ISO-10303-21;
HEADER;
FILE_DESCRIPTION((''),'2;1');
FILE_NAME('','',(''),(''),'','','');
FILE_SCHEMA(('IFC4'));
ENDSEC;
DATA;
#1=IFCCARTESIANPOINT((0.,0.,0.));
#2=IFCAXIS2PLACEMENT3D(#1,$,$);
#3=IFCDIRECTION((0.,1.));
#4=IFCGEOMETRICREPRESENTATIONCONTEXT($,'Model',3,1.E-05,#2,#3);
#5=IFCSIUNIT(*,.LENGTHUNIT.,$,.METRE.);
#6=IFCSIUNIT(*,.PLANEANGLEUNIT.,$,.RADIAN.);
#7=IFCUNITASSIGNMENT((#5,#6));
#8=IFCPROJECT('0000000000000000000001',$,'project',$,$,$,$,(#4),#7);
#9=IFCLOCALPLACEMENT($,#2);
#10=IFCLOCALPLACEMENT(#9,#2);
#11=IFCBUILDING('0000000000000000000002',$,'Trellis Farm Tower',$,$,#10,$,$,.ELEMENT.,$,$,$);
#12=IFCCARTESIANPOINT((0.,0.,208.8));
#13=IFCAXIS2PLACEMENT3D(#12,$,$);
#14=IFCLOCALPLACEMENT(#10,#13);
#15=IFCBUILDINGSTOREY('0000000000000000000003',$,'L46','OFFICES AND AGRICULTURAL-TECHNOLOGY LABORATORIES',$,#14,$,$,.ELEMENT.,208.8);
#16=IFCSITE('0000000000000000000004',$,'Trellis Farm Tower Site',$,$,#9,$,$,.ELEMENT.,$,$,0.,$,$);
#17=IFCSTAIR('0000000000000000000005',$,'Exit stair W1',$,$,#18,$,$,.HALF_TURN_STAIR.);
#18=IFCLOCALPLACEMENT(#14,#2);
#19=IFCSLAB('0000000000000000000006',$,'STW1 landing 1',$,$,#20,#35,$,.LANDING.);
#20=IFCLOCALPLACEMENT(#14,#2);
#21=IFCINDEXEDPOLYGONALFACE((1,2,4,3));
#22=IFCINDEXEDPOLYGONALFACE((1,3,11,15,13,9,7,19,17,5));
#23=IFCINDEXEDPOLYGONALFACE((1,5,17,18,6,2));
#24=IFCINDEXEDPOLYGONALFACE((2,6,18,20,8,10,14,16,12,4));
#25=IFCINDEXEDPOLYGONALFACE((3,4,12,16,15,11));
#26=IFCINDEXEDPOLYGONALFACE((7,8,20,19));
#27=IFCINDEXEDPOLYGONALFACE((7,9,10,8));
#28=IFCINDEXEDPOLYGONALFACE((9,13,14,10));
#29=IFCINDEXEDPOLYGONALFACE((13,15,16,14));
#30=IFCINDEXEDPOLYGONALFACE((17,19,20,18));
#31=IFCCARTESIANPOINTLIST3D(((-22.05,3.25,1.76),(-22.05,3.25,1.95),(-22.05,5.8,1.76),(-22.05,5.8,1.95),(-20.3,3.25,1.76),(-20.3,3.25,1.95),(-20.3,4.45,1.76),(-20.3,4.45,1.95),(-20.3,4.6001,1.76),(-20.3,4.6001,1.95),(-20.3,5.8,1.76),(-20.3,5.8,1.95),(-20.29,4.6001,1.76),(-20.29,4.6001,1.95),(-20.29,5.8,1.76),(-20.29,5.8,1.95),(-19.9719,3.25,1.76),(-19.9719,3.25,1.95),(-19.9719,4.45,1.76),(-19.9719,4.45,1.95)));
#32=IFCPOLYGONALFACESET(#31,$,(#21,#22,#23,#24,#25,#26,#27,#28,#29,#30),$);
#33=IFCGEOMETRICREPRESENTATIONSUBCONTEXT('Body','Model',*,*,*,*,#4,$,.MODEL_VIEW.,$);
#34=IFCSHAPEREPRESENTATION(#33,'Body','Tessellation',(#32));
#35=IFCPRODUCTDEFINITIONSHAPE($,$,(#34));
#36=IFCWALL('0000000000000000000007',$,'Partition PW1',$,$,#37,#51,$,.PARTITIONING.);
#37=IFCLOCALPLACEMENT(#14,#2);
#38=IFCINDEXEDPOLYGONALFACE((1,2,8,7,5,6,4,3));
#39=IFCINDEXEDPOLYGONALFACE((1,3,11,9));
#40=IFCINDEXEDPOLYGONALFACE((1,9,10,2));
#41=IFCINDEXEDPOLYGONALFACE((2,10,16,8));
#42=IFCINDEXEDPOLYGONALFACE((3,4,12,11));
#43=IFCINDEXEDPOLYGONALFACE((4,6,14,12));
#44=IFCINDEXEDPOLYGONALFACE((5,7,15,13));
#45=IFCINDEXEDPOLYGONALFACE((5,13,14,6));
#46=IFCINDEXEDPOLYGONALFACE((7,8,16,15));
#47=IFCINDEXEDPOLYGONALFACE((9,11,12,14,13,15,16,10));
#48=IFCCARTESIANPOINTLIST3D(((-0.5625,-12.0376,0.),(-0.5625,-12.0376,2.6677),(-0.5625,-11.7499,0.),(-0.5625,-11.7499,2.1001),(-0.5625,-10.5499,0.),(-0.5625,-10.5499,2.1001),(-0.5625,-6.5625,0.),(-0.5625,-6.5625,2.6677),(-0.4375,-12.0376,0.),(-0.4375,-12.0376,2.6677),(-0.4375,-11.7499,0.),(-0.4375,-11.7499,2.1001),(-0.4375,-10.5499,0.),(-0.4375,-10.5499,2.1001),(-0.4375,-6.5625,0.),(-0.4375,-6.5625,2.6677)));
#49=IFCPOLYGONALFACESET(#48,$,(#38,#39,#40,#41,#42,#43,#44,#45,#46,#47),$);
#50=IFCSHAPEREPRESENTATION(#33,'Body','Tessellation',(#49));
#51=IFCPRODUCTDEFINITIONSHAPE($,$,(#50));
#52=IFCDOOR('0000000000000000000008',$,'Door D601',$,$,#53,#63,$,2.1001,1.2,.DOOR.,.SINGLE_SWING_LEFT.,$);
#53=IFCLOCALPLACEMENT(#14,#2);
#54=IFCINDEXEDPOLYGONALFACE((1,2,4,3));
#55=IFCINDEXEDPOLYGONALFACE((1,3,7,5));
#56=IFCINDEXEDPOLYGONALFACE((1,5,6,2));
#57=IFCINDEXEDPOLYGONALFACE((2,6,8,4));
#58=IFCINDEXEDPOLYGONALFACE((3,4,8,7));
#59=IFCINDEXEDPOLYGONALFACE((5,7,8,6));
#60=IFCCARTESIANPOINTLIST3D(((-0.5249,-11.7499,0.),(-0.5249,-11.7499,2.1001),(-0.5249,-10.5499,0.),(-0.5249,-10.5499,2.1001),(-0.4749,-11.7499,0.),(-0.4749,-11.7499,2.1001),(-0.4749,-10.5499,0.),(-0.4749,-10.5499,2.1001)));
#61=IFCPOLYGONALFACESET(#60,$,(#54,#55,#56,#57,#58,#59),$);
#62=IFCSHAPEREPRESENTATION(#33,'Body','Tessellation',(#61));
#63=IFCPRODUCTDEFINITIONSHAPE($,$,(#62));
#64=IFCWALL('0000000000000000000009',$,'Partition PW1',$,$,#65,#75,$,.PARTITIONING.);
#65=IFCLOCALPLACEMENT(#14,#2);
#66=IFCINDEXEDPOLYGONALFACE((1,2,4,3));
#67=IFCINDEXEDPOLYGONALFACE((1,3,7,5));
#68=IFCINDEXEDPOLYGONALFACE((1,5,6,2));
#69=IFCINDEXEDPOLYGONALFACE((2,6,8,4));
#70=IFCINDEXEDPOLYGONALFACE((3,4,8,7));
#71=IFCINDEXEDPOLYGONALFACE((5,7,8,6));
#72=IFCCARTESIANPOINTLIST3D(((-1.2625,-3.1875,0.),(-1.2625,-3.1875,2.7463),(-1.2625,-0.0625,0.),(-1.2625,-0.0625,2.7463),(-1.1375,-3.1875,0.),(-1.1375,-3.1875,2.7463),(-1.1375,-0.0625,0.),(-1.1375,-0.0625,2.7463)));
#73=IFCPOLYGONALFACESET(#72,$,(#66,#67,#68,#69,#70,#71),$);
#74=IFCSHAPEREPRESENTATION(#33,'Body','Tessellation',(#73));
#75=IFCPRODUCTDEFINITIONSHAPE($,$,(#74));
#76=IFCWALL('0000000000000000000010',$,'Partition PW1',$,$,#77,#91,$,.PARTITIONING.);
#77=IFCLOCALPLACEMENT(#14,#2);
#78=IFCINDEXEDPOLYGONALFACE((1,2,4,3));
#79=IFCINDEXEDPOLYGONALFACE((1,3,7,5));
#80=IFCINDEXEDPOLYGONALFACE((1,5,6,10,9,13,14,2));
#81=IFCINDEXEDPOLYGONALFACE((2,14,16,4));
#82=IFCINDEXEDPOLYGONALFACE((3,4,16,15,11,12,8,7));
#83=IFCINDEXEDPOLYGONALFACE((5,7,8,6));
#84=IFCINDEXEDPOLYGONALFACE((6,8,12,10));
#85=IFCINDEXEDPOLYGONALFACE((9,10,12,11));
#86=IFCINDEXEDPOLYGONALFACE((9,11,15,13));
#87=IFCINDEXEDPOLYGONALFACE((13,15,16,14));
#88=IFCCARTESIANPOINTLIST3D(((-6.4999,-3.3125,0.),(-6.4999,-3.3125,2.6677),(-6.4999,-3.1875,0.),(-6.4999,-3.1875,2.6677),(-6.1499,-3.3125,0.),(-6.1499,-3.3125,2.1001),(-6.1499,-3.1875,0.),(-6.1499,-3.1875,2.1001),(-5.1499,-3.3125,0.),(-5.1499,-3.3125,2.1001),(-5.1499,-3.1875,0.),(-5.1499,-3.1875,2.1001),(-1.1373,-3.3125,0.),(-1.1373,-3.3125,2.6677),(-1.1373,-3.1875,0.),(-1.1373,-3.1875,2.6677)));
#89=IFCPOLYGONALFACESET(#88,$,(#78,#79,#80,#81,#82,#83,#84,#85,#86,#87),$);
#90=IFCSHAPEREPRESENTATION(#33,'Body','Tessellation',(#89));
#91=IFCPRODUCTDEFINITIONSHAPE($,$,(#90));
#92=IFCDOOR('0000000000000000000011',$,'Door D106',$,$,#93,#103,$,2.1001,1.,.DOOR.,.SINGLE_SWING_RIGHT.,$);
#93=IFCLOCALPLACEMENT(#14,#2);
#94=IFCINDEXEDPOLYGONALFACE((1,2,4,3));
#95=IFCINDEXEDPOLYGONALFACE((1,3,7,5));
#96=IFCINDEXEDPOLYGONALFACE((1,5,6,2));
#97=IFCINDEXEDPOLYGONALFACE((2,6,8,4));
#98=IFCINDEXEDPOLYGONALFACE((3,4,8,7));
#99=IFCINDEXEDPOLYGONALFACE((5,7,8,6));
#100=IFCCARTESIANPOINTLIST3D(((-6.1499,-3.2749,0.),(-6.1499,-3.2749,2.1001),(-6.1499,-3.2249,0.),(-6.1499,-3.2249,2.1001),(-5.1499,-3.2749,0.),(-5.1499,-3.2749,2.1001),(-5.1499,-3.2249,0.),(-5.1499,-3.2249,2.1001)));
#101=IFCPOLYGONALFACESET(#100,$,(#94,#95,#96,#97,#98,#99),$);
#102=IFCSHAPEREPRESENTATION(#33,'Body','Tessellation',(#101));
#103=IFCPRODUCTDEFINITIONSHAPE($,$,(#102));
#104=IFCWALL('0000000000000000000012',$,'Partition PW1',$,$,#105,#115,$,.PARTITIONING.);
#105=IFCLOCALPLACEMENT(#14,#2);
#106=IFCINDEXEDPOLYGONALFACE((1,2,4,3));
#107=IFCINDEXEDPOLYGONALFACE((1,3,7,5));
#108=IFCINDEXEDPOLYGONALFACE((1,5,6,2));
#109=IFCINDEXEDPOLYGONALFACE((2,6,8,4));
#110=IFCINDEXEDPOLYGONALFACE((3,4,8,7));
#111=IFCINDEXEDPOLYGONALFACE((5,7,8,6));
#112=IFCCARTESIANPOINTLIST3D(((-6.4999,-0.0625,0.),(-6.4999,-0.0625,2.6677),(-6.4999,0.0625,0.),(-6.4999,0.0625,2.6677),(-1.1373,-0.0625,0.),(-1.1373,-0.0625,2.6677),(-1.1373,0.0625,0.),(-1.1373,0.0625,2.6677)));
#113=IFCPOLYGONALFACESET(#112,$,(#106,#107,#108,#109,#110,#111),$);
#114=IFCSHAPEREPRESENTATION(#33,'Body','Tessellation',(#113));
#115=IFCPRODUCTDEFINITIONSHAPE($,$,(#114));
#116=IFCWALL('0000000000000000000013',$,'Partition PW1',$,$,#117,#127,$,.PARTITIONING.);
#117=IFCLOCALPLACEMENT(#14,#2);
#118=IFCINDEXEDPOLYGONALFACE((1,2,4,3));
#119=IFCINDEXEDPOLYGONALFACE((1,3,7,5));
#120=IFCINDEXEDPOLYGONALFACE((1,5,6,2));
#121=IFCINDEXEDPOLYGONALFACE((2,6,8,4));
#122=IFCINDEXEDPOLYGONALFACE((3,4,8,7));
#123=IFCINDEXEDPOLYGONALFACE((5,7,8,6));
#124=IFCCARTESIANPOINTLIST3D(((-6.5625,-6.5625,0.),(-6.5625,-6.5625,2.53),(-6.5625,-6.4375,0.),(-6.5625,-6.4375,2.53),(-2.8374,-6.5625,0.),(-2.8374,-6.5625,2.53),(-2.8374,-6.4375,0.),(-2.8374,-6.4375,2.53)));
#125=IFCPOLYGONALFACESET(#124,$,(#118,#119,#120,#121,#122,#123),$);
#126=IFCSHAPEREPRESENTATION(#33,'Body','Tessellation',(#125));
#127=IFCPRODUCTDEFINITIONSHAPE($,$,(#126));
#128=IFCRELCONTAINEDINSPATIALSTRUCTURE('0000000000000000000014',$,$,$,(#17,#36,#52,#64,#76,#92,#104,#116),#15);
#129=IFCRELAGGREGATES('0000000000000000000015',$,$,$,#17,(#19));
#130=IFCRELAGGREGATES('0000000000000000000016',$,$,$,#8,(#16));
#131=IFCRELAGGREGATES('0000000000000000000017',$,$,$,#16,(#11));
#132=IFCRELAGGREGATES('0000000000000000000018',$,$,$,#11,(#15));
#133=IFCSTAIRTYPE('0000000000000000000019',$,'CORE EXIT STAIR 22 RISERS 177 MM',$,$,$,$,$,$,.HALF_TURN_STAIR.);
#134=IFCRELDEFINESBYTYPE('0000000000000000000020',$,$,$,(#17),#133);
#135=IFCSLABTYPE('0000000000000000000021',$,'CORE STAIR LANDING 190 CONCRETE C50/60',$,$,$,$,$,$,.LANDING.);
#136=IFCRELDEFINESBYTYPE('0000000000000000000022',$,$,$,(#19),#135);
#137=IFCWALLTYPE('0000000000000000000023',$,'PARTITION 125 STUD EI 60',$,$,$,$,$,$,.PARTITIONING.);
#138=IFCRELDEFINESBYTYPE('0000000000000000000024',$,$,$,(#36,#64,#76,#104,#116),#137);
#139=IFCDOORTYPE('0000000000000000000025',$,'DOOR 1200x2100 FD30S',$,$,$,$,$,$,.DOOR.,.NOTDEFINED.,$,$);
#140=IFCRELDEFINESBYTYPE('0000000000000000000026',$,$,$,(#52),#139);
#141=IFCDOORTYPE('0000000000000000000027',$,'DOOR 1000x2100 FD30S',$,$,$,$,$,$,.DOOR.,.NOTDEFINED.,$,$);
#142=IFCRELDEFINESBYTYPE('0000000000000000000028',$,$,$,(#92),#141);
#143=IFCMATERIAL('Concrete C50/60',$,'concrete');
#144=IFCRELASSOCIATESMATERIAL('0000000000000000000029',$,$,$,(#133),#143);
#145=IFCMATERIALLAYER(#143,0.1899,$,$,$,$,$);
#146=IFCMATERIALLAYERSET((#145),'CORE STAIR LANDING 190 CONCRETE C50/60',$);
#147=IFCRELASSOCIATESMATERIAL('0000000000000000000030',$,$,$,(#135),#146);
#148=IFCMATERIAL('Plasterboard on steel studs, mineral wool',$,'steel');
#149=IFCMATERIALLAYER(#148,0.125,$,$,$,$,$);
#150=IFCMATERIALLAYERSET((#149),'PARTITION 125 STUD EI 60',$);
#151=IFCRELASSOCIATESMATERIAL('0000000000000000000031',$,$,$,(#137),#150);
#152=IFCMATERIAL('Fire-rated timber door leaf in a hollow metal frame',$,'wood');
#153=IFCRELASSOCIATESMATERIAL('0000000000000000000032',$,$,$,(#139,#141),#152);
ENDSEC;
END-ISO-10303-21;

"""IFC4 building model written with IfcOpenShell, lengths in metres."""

from ifc_helpers import new_model, si_unit, direction, frame, frame_2d, origin, place, context, subcontext, project, spatial, polyline, rectangle, outline, extrude, source, transform, mapped, material, layer, layer_set, type_object, element, fill, aggregate, save


model = new_model("IFC4")

# Units and contexts
model_context = context("Model", 3, precision=1e-05, world=origin(), true_north=direction((0.0, 1.0)))
body_context = subcontext(model_context, "Body", "Model", "MODEL_VIEW")
ifc_project = project(units=[si_unit("LENGTHUNIT", "METRE"), si_unit("PLANEANGLEUNIT", "RADIAN")], contexts=[model_context])

# Site, building, storey
site_placement = place(None, origin())
site = spatial("IfcSite", under=ifc_project, at=site_placement, Name="Trellis Farm Tower Site", CompositionType="ELEMENT", RefElevation=0.0)
building_placement = place(site_placement, origin())
building = spatial("IfcBuilding", under=site, at=building_placement, Name="Trellis Farm Tower", CompositionType="ELEMENT")
storey_placement = place(building_placement, frame((0.0, 0.0, 208.8)))
storey = spatial("IfcBuildingStorey", under=building, at=storey_placement, Name="L46", Description="OFFICES AND AGRICULTURAL-TECHNOLOGY LABORATORIES", CompositionType="ELEMENT", Elevation=208.8)

# Stair, slab
ifc_material_1 = material(Name="Concrete C50/60", Category="concrete")
stair_type = type_object("IfcStairType", Name="CORE EXIT STAIR 22 RISERS 177 MM", PredefinedType="HALF_TURN_STAIR", material=ifc_material_1)
placement_1 = place(storey_placement, origin())
ifc_layer_1 = layer(ifc_material_1, 0.1899)
ifc_layer_set_1 = layer_set([ifc_layer_1], Name="CORE STAIR LANDING 190 CONCRETE C50/60")
slab_type_1 = type_object("IfcSlabType", Name="CORE STAIR LANDING 190 CONCRETE C50/60", PredefinedType="LANDING", material=ifc_layer_set_1)
placement_2 = place(storey_placement, frame((0.0, 0.0, 1.76)))
stair_1 = element("IfcStair", 1, at=placement_1, inside=storey, type_object=stair_type, Name="Exit stair W1", PredefinedType="HALF_TURN_STAIR")
shared_shape_1 = source(origin(), body_context, "Body", "SweptSolid", [
    extrude(outline(polyline([(-19.9719, 4.45), (-19.9719, 3.25), (-20.3, 3.25), (-22.05, 3.25), (-22.05, 5.8), (-20.3, 5.8), (-20.29, 5.8), (-20.29, 4.6001), (-20.3, 4.6001), (-20.3, 4.45), (-19.9719, 4.45)])), origin(), (0.0, 0.0, 1.0), 0.1899),
])
slab_1 = element("IfcSlab", 2, at=placement_2, type_object=slab_type_1, Name="STW1 landing 1", PredefinedType="LANDING", context=body_context, shape_type="MappedRepresentation", body=[
    mapped(shared_shape_1, transform((0.0, 0.0, 0.0))),
])
aggregate(stair_1, [slab_1])

# Wall, opening, door
ifc_material_2 = material(Name="Plasterboard on steel studs, mineral wool", Category="steel")
ifc_layer_2 = layer(ifc_material_2, 0.125)
ifc_layer_set_2 = layer_set([ifc_layer_2], Name="PARTITION 125 STUD EI 60")
wall_type = type_object("IfcWallType", Name="PARTITION 125 STUD EI 60", PredefinedType="PARTITIONING", material=ifc_layer_set_2)
shared_shape_2 = source(origin(), body_context, "Body", "SweptSolid", [
    extrude(rectangle(XDim=5.4751, YDim=0.125, at=frame_2d((2.7375, 0.0))), origin(), (0.0, 0.0, 1.0), 2.6677),
])
wall_1_placement = place(storey_placement, frame((-0.5, -12.0376, 0.0), z_axis=(0.0, 0.0, 1.0), x_axis=(0.0, 1.0, 0.0)))
wall_1 = element("IfcWall", 3, at=wall_1_placement, inside=storey, type_object=wall_type, Name="Partition PW1", PredefinedType="PARTITIONING", context=body_context, shape_type="MappedRepresentation", body=[
    mapped(shared_shape_2, transform((0.0, 0.0, 0.0))),
])
shared_shape_3 = source(origin(), body_context, "Body", "SweptSolid", [
    extrude(rectangle(XDim=1.2, YDim=2.1001, at=frame_2d((0.6001, 1.05))), frame((0.0, 0.0725, 0.0), z_axis=(0.0, -1.0, 0.0), x_axis=(1.0, 0.0, 0.0)), (0.0, 0.0, 1.0), 0.145),
])
opening_1_placement = place(wall_1_placement, frame((0.2876, 0.0, 0.0)))
opening_1 = element("IfcOpeningElement", 4, at=opening_1_placement, cuts=wall_1, PredefinedType="OPENING", context=body_context, shape_type="MappedRepresentation", body=[
    mapped(shared_shape_3, transform((0.0, 0.0, 0.0))),
])
ifc_material_3 = material(Name="Fire-rated timber door leaf in a hollow metal frame", Category="wood")
door_type_1 = type_object("IfcDoorType", Name="DOOR 1200x2100 FD30S", OperationType="NOTDEFINED", PredefinedType="DOOR", material=ifc_material_3)
shared_shape_4 = source(origin(), body_context, "Body", "SweptSolid", [
    extrude(rectangle(XDim=1.2, YDim=2.1001, at=frame_2d((0.6001, 1.05))), frame((0.0, 0.0249, 0.0), z_axis=(0.0, -1.0, 0.0), x_axis=(1.0, 0.0, 0.0)), (0.0, 0.0, 1.0), 0.05),
])
door_1_placement = place(opening_1_placement, origin())
door_1 = element("IfcDoor", 5, at=door_1_placement, inside=storey, type_object=door_type_1, Name="Door D601", OperationType="SINGLE_SWING_LEFT", OverallHeight=2.1001, OverallWidth=1.2, PredefinedType="DOOR", context=body_context, shape_type="MappedRepresentation", body=[
    mapped(shared_shape_4, transform((0.0, 0.0, 0.0))),
])
fill(opening_1, door_1)

# Wall
shared_shape_5 = source(origin(), body_context, "Body", "SweptSolid", [
    extrude(rectangle(XDim=3.125, YDim=0.125, at=frame_2d((1.5625, 0.0))), origin(), (0.0, 0.0, 1.0), 2.7463),
])
wall_2_placement = place(storey_placement, frame((-1.2, -0.0625, 0.0), z_axis=(0.0, 0.0, 1.0), x_axis=(0.0, -1.0, 0.0)))
element("IfcWall", 6, at=wall_2_placement, inside=storey, type_object=wall_type, Name="Partition PW1", PredefinedType="PARTITIONING", context=body_context, shape_type="MappedRepresentation", body=[
    mapped(shared_shape_5, transform((0.0, 0.0, 0.0))),
])

# Wall, opening, door
shared_shape_6 = source(origin(), body_context, "Body", "SweptSolid", [
    extrude(rectangle(XDim=5.3625, YDim=0.125, at=frame_2d((2.6812, 0.0))), origin(), (0.0, 0.0, 1.0), 2.6677),
])
wall_3_placement = place(storey_placement, frame((-1.1375, -3.25, 0.0), z_axis=(0.0, 0.0, 1.0), x_axis=(-1.0, 0.0, 0.0)))
wall_3 = element("IfcWall", 7, at=wall_3_placement, inside=storey, type_object=wall_type, Name="Partition PW1", PredefinedType="PARTITIONING", context=body_context, shape_type="MappedRepresentation", body=[
    mapped(shared_shape_6, transform((0.0, 0.0, 0.0))),
])
shared_shape_7 = source(origin(), body_context, "Body", "SweptSolid", [
    extrude(rectangle(XDim=1.0, YDim=2.1001, at=frame_2d((0.5, 1.05))), frame((0.0, 0.0725, 0.0), z_axis=(0.0, -1.0, 0.0), x_axis=(1.0, 0.0, 0.0)), (0.0, 0.0, 1.0), 0.145),
])
opening_2_placement = place(wall_3_placement, frame((4.0125, 0.0, 0.0)))
opening_2 = element("IfcOpeningElement", 8, at=opening_2_placement, cuts=wall_3, PredefinedType="OPENING", context=body_context, shape_type="MappedRepresentation", body=[
    mapped(shared_shape_7, transform((0.0, 0.0, 0.0))),
])
door_type_2 = type_object("IfcDoorType", Name="DOOR 1000x2100 FD30S", OperationType="NOTDEFINED", PredefinedType="DOOR", material=ifc_material_3)
shared_shape_8 = source(origin(), body_context, "Body", "SweptSolid", [
    extrude(rectangle(XDim=1.0, YDim=2.1001, at=frame_2d((0.5, 1.05))), frame((0.0, 0.0249, 0.0), z_axis=(0.0, -1.0, 0.0), x_axis=(1.0, 0.0, 0.0)), (0.0, 0.0, 1.0), 0.05),
])
door_2_placement = place(opening_2_placement, origin())
door_2 = element("IfcDoor", 9, at=door_2_placement, inside=storey, type_object=door_type_2, Name="Door D106", OperationType="SINGLE_SWING_RIGHT", OverallHeight=2.1001, OverallWidth=1.0, PredefinedType="DOOR", context=body_context, shape_type="MappedRepresentation", body=[
    mapped(shared_shape_8, transform((0.0, 0.0, 0.0))),
])
fill(opening_2, door_2)

# Walls
wall_4_placement = place(storey_placement, frame((-1.1375, 0.0, 0.0), z_axis=(0.0, 0.0, 1.0), x_axis=(-1.0, 0.0, 0.0)))
element("IfcWall", 10, at=wall_4_placement, inside=storey, type_object=wall_type, Name="Partition PW1", PredefinedType="PARTITIONING", context=body_context, shape_type="MappedRepresentation", body=[
    mapped(shared_shape_6, transform((0.0, 0.0, 0.0))),
])
shared_shape_9 = source(origin(), body_context, "Body", "SweptSolid", [
    extrude(rectangle(XDim=3.7251, YDim=0.125, at=frame_2d((1.8625, 0.0))), origin(), (0.0, 0.0, 1.0), 2.53),
])
wall_5_placement = place(storey_placement, frame((-2.8374, -6.5, 0.0), z_axis=(0.0, 0.0, 1.0), x_axis=(-1.0, 0.0, 0.0)))
element("IfcWall", 11, at=wall_5_placement, inside=storey, type_object=wall_type, Name="Partition PW1", PredefinedType="PARTITIONING", context=body_context, shape_type="MappedRepresentation", body=[
    mapped(shared_shape_9, transform((0.0, 0.0, 0.0))),
])

save(model, "model.ifc")
